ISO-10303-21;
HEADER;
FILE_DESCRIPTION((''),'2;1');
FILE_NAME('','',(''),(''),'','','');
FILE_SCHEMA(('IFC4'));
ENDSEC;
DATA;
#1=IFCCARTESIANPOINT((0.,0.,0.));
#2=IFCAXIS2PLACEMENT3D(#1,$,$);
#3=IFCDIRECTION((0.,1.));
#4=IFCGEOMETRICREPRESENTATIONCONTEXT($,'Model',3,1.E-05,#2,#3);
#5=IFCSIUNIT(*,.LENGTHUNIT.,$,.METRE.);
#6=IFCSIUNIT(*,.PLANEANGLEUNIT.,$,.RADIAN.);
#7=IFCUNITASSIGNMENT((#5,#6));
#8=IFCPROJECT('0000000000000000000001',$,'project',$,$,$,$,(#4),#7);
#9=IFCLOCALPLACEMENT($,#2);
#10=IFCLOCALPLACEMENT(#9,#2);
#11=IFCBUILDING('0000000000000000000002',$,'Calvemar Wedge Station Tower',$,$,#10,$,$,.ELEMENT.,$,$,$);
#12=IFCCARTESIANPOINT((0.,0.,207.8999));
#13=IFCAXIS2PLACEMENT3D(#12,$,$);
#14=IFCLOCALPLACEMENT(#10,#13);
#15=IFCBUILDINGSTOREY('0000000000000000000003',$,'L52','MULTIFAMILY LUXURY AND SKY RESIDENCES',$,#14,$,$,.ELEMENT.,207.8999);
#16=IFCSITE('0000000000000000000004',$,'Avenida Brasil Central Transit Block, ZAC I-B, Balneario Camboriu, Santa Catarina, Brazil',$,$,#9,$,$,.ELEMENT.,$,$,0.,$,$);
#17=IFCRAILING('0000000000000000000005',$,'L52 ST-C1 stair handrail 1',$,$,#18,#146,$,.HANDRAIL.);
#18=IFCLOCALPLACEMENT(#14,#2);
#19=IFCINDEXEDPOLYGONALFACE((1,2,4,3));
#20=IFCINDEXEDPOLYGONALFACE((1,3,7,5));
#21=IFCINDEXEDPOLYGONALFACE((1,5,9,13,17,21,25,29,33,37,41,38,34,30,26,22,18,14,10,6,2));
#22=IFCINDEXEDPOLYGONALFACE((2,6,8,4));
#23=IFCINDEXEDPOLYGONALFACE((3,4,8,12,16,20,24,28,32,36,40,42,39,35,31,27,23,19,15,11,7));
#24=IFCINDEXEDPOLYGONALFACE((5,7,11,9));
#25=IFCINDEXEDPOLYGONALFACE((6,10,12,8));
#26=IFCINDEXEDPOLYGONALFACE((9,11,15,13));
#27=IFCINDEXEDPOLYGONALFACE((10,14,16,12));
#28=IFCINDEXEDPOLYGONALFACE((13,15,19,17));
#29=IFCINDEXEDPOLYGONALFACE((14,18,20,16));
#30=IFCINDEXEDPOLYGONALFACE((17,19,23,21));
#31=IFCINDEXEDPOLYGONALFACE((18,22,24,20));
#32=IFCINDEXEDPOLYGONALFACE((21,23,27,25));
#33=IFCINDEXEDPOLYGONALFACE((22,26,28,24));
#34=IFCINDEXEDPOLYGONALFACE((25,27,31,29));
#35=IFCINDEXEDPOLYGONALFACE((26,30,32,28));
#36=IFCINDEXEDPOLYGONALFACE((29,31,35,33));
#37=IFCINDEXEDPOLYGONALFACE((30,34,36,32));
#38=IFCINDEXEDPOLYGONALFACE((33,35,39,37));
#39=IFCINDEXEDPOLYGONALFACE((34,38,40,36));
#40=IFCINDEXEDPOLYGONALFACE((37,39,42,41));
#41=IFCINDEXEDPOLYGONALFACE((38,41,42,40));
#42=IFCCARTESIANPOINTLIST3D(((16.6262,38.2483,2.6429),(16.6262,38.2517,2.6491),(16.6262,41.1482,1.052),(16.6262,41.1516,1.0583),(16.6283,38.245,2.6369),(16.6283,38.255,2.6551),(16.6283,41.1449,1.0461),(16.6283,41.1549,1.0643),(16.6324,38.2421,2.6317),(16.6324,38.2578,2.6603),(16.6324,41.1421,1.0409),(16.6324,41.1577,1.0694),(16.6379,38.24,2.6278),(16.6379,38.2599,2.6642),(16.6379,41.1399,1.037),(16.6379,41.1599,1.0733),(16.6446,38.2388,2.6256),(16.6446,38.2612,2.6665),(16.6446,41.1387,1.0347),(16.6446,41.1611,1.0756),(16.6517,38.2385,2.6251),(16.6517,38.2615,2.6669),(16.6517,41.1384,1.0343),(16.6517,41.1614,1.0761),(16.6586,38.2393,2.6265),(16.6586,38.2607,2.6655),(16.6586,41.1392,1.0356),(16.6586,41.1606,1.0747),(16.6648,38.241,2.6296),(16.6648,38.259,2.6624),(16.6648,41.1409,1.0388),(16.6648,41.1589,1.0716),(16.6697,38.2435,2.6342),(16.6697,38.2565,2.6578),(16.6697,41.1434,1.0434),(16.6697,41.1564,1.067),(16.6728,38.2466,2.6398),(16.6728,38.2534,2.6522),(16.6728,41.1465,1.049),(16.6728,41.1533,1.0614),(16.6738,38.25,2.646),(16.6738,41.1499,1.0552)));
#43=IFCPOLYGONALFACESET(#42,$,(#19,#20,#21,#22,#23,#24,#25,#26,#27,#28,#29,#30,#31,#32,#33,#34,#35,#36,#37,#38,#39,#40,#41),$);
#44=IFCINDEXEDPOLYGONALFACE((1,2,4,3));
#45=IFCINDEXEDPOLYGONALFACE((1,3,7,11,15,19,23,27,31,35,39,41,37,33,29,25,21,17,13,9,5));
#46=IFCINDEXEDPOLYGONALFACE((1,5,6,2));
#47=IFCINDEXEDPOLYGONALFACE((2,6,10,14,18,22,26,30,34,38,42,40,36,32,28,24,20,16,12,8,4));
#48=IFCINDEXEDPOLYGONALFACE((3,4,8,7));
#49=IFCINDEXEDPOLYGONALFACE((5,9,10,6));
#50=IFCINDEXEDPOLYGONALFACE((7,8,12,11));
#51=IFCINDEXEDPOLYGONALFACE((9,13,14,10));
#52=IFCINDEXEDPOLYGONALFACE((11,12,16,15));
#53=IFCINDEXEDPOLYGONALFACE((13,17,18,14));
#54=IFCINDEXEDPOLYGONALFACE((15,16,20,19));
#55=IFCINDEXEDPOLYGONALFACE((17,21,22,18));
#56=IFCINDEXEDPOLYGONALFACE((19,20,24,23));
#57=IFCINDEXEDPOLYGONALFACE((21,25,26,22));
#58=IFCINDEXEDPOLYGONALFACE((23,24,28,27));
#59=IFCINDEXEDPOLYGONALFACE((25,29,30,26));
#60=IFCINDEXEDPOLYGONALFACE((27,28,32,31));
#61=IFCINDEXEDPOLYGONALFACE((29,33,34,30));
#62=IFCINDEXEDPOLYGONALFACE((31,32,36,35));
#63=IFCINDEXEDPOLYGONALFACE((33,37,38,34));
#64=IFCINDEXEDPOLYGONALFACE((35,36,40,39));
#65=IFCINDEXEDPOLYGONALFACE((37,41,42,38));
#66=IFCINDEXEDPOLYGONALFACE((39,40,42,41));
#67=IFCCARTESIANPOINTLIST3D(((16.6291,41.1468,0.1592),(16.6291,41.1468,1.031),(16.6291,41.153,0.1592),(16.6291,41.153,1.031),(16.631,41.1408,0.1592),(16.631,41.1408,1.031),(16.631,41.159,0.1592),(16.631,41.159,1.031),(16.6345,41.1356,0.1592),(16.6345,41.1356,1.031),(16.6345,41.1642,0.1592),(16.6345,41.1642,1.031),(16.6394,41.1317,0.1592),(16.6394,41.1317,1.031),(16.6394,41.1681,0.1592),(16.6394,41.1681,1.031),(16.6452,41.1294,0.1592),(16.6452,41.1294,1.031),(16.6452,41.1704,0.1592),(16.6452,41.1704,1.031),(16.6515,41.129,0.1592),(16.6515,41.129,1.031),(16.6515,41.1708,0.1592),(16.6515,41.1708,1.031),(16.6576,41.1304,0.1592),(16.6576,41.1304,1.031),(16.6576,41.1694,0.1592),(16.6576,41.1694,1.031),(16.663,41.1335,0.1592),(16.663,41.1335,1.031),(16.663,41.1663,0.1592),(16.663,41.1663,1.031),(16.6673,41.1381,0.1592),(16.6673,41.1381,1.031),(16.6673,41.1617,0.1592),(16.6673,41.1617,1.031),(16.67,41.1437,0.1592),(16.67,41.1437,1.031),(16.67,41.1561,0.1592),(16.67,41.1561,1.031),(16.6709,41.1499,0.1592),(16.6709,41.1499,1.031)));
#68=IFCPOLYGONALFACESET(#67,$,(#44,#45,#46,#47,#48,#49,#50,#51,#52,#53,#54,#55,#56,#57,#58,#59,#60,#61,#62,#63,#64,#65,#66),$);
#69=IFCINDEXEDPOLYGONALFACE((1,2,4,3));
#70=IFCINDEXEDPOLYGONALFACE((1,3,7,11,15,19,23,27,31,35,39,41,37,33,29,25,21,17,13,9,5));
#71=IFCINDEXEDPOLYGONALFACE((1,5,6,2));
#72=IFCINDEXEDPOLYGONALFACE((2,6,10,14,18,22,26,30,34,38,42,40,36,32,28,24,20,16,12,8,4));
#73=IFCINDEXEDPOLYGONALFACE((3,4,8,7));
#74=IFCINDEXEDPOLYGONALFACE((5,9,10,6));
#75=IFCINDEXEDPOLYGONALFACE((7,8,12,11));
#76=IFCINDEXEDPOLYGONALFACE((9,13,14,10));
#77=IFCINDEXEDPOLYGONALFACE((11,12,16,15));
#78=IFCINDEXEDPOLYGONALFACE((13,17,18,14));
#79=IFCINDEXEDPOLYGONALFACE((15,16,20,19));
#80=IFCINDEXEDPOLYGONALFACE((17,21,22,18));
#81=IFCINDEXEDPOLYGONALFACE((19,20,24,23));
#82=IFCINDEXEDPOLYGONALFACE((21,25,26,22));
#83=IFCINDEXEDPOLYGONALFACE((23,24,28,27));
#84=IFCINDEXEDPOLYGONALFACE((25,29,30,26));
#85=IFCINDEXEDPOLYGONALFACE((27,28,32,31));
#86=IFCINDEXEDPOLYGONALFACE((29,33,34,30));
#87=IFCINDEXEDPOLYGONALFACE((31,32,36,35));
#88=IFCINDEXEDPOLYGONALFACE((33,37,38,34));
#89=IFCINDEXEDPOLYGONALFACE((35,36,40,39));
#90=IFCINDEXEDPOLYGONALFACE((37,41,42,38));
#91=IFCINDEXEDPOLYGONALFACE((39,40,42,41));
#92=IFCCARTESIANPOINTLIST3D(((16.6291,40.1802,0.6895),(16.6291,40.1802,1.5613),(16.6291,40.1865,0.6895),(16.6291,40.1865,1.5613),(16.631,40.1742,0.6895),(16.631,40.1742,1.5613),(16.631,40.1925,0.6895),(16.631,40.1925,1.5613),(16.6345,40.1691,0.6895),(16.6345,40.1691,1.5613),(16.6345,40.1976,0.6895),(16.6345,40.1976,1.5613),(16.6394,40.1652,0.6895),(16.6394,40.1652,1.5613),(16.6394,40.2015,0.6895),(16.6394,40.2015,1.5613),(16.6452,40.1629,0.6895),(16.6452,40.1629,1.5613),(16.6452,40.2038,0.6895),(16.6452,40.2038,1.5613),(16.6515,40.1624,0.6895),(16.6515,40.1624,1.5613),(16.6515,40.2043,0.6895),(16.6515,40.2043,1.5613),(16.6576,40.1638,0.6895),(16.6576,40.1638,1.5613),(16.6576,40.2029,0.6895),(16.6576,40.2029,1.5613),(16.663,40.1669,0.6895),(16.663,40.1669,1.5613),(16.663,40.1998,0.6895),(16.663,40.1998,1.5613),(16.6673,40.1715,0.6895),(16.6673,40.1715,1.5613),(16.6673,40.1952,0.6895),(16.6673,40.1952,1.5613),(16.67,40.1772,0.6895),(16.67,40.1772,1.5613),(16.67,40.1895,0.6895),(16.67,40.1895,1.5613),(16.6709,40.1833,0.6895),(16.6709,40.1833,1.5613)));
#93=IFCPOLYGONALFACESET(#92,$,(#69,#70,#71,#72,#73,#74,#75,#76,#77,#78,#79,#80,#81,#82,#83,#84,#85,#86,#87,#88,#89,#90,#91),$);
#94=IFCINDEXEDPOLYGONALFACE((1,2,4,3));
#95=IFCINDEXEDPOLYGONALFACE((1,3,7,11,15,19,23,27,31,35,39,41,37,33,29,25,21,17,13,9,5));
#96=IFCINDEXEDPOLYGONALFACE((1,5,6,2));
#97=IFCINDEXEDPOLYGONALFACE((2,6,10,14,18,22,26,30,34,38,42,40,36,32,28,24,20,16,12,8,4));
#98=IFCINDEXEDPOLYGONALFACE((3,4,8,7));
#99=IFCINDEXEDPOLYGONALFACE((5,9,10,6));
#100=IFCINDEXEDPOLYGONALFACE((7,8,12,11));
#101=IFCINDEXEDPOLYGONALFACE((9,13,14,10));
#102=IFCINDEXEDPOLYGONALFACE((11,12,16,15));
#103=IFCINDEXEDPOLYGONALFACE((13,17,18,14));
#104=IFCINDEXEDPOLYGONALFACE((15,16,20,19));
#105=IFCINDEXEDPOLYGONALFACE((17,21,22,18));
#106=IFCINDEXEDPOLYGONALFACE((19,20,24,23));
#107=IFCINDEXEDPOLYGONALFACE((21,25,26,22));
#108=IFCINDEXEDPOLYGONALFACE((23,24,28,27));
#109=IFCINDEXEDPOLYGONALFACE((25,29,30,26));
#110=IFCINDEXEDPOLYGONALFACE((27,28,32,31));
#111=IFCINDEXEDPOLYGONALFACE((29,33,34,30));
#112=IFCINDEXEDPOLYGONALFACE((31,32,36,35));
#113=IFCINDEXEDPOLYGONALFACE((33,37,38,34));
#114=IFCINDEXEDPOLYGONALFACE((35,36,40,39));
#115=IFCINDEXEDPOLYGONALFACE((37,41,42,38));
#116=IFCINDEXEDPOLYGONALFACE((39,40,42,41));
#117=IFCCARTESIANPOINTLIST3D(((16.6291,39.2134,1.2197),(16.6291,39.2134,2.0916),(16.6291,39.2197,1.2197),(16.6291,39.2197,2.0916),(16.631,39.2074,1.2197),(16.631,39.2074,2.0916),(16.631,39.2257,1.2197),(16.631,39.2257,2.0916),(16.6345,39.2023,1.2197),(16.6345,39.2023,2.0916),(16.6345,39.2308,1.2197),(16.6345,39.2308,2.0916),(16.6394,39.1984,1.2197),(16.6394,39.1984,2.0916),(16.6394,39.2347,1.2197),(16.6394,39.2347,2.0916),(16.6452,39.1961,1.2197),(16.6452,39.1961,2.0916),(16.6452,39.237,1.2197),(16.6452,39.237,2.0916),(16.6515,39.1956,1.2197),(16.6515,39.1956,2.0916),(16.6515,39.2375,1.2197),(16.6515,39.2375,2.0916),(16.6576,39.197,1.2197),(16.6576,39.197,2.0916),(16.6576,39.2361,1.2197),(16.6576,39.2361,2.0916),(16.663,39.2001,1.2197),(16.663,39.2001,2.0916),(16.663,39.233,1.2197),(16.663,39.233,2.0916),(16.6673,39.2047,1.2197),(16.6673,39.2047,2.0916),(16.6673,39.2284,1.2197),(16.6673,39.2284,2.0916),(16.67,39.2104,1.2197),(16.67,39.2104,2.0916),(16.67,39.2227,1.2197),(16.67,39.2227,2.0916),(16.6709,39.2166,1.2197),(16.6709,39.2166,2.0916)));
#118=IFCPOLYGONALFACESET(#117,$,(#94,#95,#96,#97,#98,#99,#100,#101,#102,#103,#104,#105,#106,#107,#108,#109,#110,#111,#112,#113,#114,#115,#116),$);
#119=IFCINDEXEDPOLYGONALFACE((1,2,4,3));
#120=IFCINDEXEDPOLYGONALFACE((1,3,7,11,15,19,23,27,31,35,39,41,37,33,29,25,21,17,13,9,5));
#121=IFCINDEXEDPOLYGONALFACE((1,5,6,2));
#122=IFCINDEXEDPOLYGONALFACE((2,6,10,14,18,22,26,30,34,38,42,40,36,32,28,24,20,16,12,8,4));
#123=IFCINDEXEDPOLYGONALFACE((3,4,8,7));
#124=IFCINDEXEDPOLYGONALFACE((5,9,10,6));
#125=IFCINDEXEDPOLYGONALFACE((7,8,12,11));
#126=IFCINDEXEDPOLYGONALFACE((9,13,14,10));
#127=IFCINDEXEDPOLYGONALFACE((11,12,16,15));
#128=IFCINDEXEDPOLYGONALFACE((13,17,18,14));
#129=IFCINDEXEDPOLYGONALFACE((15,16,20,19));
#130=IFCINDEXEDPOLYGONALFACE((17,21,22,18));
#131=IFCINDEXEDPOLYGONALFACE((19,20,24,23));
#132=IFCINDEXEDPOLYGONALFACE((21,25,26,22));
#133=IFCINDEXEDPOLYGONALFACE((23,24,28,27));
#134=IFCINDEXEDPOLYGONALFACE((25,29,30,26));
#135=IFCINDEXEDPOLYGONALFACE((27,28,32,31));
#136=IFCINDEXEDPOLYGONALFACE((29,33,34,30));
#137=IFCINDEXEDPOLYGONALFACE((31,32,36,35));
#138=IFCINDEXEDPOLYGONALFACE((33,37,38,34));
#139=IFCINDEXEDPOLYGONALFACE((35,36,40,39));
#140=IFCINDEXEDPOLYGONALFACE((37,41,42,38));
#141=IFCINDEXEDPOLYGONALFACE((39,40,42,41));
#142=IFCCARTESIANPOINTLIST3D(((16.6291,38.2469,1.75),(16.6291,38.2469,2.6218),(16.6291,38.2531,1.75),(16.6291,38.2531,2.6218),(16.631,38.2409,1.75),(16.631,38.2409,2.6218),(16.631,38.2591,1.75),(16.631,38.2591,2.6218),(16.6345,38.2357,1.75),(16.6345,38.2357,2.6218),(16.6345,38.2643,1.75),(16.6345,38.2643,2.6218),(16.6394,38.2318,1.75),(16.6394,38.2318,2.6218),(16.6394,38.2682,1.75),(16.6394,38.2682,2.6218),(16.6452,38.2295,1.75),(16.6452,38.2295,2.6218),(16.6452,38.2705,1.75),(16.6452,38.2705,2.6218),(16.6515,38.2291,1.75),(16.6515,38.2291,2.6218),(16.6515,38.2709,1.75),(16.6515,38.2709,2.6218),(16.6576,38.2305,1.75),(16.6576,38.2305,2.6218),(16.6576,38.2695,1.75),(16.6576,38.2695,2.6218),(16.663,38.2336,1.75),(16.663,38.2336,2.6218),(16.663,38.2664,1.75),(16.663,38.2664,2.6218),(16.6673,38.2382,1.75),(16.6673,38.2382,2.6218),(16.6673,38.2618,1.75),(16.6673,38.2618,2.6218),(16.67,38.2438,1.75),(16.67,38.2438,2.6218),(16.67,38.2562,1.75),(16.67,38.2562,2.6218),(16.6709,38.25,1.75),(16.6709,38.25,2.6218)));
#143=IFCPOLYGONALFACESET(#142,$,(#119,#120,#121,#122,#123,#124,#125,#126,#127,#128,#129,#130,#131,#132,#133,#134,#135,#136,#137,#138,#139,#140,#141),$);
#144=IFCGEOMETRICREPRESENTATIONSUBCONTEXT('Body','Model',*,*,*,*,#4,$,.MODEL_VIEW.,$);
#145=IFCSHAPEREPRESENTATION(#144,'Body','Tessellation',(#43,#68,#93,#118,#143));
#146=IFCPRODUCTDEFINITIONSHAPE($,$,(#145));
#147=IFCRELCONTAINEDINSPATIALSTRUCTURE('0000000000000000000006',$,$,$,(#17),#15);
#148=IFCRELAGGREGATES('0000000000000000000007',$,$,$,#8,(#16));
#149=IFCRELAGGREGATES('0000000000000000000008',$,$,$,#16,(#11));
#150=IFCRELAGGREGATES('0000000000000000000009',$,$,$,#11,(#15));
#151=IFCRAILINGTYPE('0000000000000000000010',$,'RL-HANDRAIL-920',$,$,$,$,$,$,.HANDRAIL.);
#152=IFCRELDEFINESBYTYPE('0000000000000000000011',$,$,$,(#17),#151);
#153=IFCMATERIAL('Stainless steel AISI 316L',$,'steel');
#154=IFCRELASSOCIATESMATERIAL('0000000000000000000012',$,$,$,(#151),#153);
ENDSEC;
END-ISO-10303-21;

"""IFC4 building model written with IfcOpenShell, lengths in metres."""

from ifc_helpers import new_model, si_unit, direction, frame, origin, origin_2d, place, context, subcontext, project, spatial, circle, extrude, material, type_object, element, save


model = new_model("IFC4")

# Units and contexts
model_context = context("Model", 3, precision=1e-05, world=origin(), true_north=direction((0.0, 1.0)))
body_context = subcontext(model_context, "Body", "Model", "MODEL_VIEW")
ifc_project = project(units=[si_unit("LENGTHUNIT", "METRE"), si_unit("PLANEANGLEUNIT", "RADIAN")], contexts=[model_context])

# Site, building, storey
site_placement = place(None, origin())
site = spatial("IfcSite", under=ifc_project, at=site_placement, Name="Avenida Brasil Central Transit Block, ZAC I-B, Balneario Camboriu, Santa Catarina, Brazil", CompositionType="ELEMENT", RefElevation=0.0)
building_placement = place(site_placement, origin())
building = spatial("IfcBuilding", under=site, at=building_placement, Name="Calvemar Wedge Station Tower", CompositionType="ELEMENT")
storey_placement = place(building_placement, frame((0.0, 0.0, 207.8999)))
storey = spatial("IfcBuildingStorey", under=building, at=storey_placement, Name="L52", Description="MULTIFAMILY LUXURY AND SKY RESIDENCES", CompositionType="ELEMENT", Elevation=207.8999)

# Railing
ifc_material_1 = material(Name="Stainless steel AISI 316L", Category="steel")
railing_type_1 = type_object("IfcRailingType", Name="RL-HANDRAIL-920", PredefinedType="HANDRAIL", material=ifc_material_1)
railing_1_placement = place(storey_placement, frame((16.6499, 41.1499, 0.1592)))
element("IfcRailing", 1, at=railing_1_placement, inside=storey, type_object=railing_type_1, Name="L52 ST-C1 stair handrail 1", PredefinedType="HANDRAIL", context=body_context, shape_type="SweptSolid", body=[
    extrude(circle(Radius=0.0239, at=origin_2d()), frame((0.0, 0.0, 0.896), z_axis=(0.0, -0.876742, 0.480961), x_axis=(1.0, 0.0, 0.0)), (0.0, 0.0, 1.0), 3.3076),
    extrude(circle(Radius=0.021, at=origin_2d()), origin(), (0.0, 0.0, 1.0), 0.8718),
    extrude(circle(Radius=0.021, at=origin_2d()), frame((0.0, -0.9666, 0.5303)), (0.0, 0.0, 1.0), 0.8718),
    extrude(circle(Radius=0.021, at=origin_2d()), frame((0.0, -1.9333, 1.0605)), (0.0, 0.0, 1.0), 0.8718),
    extrude(circle(Radius=0.021, at=origin_2d()), frame((0.0, -2.8999, 1.5908)), (0.0, 0.0, 1.0), 0.8718),
])

save(model, "model.ifc")
